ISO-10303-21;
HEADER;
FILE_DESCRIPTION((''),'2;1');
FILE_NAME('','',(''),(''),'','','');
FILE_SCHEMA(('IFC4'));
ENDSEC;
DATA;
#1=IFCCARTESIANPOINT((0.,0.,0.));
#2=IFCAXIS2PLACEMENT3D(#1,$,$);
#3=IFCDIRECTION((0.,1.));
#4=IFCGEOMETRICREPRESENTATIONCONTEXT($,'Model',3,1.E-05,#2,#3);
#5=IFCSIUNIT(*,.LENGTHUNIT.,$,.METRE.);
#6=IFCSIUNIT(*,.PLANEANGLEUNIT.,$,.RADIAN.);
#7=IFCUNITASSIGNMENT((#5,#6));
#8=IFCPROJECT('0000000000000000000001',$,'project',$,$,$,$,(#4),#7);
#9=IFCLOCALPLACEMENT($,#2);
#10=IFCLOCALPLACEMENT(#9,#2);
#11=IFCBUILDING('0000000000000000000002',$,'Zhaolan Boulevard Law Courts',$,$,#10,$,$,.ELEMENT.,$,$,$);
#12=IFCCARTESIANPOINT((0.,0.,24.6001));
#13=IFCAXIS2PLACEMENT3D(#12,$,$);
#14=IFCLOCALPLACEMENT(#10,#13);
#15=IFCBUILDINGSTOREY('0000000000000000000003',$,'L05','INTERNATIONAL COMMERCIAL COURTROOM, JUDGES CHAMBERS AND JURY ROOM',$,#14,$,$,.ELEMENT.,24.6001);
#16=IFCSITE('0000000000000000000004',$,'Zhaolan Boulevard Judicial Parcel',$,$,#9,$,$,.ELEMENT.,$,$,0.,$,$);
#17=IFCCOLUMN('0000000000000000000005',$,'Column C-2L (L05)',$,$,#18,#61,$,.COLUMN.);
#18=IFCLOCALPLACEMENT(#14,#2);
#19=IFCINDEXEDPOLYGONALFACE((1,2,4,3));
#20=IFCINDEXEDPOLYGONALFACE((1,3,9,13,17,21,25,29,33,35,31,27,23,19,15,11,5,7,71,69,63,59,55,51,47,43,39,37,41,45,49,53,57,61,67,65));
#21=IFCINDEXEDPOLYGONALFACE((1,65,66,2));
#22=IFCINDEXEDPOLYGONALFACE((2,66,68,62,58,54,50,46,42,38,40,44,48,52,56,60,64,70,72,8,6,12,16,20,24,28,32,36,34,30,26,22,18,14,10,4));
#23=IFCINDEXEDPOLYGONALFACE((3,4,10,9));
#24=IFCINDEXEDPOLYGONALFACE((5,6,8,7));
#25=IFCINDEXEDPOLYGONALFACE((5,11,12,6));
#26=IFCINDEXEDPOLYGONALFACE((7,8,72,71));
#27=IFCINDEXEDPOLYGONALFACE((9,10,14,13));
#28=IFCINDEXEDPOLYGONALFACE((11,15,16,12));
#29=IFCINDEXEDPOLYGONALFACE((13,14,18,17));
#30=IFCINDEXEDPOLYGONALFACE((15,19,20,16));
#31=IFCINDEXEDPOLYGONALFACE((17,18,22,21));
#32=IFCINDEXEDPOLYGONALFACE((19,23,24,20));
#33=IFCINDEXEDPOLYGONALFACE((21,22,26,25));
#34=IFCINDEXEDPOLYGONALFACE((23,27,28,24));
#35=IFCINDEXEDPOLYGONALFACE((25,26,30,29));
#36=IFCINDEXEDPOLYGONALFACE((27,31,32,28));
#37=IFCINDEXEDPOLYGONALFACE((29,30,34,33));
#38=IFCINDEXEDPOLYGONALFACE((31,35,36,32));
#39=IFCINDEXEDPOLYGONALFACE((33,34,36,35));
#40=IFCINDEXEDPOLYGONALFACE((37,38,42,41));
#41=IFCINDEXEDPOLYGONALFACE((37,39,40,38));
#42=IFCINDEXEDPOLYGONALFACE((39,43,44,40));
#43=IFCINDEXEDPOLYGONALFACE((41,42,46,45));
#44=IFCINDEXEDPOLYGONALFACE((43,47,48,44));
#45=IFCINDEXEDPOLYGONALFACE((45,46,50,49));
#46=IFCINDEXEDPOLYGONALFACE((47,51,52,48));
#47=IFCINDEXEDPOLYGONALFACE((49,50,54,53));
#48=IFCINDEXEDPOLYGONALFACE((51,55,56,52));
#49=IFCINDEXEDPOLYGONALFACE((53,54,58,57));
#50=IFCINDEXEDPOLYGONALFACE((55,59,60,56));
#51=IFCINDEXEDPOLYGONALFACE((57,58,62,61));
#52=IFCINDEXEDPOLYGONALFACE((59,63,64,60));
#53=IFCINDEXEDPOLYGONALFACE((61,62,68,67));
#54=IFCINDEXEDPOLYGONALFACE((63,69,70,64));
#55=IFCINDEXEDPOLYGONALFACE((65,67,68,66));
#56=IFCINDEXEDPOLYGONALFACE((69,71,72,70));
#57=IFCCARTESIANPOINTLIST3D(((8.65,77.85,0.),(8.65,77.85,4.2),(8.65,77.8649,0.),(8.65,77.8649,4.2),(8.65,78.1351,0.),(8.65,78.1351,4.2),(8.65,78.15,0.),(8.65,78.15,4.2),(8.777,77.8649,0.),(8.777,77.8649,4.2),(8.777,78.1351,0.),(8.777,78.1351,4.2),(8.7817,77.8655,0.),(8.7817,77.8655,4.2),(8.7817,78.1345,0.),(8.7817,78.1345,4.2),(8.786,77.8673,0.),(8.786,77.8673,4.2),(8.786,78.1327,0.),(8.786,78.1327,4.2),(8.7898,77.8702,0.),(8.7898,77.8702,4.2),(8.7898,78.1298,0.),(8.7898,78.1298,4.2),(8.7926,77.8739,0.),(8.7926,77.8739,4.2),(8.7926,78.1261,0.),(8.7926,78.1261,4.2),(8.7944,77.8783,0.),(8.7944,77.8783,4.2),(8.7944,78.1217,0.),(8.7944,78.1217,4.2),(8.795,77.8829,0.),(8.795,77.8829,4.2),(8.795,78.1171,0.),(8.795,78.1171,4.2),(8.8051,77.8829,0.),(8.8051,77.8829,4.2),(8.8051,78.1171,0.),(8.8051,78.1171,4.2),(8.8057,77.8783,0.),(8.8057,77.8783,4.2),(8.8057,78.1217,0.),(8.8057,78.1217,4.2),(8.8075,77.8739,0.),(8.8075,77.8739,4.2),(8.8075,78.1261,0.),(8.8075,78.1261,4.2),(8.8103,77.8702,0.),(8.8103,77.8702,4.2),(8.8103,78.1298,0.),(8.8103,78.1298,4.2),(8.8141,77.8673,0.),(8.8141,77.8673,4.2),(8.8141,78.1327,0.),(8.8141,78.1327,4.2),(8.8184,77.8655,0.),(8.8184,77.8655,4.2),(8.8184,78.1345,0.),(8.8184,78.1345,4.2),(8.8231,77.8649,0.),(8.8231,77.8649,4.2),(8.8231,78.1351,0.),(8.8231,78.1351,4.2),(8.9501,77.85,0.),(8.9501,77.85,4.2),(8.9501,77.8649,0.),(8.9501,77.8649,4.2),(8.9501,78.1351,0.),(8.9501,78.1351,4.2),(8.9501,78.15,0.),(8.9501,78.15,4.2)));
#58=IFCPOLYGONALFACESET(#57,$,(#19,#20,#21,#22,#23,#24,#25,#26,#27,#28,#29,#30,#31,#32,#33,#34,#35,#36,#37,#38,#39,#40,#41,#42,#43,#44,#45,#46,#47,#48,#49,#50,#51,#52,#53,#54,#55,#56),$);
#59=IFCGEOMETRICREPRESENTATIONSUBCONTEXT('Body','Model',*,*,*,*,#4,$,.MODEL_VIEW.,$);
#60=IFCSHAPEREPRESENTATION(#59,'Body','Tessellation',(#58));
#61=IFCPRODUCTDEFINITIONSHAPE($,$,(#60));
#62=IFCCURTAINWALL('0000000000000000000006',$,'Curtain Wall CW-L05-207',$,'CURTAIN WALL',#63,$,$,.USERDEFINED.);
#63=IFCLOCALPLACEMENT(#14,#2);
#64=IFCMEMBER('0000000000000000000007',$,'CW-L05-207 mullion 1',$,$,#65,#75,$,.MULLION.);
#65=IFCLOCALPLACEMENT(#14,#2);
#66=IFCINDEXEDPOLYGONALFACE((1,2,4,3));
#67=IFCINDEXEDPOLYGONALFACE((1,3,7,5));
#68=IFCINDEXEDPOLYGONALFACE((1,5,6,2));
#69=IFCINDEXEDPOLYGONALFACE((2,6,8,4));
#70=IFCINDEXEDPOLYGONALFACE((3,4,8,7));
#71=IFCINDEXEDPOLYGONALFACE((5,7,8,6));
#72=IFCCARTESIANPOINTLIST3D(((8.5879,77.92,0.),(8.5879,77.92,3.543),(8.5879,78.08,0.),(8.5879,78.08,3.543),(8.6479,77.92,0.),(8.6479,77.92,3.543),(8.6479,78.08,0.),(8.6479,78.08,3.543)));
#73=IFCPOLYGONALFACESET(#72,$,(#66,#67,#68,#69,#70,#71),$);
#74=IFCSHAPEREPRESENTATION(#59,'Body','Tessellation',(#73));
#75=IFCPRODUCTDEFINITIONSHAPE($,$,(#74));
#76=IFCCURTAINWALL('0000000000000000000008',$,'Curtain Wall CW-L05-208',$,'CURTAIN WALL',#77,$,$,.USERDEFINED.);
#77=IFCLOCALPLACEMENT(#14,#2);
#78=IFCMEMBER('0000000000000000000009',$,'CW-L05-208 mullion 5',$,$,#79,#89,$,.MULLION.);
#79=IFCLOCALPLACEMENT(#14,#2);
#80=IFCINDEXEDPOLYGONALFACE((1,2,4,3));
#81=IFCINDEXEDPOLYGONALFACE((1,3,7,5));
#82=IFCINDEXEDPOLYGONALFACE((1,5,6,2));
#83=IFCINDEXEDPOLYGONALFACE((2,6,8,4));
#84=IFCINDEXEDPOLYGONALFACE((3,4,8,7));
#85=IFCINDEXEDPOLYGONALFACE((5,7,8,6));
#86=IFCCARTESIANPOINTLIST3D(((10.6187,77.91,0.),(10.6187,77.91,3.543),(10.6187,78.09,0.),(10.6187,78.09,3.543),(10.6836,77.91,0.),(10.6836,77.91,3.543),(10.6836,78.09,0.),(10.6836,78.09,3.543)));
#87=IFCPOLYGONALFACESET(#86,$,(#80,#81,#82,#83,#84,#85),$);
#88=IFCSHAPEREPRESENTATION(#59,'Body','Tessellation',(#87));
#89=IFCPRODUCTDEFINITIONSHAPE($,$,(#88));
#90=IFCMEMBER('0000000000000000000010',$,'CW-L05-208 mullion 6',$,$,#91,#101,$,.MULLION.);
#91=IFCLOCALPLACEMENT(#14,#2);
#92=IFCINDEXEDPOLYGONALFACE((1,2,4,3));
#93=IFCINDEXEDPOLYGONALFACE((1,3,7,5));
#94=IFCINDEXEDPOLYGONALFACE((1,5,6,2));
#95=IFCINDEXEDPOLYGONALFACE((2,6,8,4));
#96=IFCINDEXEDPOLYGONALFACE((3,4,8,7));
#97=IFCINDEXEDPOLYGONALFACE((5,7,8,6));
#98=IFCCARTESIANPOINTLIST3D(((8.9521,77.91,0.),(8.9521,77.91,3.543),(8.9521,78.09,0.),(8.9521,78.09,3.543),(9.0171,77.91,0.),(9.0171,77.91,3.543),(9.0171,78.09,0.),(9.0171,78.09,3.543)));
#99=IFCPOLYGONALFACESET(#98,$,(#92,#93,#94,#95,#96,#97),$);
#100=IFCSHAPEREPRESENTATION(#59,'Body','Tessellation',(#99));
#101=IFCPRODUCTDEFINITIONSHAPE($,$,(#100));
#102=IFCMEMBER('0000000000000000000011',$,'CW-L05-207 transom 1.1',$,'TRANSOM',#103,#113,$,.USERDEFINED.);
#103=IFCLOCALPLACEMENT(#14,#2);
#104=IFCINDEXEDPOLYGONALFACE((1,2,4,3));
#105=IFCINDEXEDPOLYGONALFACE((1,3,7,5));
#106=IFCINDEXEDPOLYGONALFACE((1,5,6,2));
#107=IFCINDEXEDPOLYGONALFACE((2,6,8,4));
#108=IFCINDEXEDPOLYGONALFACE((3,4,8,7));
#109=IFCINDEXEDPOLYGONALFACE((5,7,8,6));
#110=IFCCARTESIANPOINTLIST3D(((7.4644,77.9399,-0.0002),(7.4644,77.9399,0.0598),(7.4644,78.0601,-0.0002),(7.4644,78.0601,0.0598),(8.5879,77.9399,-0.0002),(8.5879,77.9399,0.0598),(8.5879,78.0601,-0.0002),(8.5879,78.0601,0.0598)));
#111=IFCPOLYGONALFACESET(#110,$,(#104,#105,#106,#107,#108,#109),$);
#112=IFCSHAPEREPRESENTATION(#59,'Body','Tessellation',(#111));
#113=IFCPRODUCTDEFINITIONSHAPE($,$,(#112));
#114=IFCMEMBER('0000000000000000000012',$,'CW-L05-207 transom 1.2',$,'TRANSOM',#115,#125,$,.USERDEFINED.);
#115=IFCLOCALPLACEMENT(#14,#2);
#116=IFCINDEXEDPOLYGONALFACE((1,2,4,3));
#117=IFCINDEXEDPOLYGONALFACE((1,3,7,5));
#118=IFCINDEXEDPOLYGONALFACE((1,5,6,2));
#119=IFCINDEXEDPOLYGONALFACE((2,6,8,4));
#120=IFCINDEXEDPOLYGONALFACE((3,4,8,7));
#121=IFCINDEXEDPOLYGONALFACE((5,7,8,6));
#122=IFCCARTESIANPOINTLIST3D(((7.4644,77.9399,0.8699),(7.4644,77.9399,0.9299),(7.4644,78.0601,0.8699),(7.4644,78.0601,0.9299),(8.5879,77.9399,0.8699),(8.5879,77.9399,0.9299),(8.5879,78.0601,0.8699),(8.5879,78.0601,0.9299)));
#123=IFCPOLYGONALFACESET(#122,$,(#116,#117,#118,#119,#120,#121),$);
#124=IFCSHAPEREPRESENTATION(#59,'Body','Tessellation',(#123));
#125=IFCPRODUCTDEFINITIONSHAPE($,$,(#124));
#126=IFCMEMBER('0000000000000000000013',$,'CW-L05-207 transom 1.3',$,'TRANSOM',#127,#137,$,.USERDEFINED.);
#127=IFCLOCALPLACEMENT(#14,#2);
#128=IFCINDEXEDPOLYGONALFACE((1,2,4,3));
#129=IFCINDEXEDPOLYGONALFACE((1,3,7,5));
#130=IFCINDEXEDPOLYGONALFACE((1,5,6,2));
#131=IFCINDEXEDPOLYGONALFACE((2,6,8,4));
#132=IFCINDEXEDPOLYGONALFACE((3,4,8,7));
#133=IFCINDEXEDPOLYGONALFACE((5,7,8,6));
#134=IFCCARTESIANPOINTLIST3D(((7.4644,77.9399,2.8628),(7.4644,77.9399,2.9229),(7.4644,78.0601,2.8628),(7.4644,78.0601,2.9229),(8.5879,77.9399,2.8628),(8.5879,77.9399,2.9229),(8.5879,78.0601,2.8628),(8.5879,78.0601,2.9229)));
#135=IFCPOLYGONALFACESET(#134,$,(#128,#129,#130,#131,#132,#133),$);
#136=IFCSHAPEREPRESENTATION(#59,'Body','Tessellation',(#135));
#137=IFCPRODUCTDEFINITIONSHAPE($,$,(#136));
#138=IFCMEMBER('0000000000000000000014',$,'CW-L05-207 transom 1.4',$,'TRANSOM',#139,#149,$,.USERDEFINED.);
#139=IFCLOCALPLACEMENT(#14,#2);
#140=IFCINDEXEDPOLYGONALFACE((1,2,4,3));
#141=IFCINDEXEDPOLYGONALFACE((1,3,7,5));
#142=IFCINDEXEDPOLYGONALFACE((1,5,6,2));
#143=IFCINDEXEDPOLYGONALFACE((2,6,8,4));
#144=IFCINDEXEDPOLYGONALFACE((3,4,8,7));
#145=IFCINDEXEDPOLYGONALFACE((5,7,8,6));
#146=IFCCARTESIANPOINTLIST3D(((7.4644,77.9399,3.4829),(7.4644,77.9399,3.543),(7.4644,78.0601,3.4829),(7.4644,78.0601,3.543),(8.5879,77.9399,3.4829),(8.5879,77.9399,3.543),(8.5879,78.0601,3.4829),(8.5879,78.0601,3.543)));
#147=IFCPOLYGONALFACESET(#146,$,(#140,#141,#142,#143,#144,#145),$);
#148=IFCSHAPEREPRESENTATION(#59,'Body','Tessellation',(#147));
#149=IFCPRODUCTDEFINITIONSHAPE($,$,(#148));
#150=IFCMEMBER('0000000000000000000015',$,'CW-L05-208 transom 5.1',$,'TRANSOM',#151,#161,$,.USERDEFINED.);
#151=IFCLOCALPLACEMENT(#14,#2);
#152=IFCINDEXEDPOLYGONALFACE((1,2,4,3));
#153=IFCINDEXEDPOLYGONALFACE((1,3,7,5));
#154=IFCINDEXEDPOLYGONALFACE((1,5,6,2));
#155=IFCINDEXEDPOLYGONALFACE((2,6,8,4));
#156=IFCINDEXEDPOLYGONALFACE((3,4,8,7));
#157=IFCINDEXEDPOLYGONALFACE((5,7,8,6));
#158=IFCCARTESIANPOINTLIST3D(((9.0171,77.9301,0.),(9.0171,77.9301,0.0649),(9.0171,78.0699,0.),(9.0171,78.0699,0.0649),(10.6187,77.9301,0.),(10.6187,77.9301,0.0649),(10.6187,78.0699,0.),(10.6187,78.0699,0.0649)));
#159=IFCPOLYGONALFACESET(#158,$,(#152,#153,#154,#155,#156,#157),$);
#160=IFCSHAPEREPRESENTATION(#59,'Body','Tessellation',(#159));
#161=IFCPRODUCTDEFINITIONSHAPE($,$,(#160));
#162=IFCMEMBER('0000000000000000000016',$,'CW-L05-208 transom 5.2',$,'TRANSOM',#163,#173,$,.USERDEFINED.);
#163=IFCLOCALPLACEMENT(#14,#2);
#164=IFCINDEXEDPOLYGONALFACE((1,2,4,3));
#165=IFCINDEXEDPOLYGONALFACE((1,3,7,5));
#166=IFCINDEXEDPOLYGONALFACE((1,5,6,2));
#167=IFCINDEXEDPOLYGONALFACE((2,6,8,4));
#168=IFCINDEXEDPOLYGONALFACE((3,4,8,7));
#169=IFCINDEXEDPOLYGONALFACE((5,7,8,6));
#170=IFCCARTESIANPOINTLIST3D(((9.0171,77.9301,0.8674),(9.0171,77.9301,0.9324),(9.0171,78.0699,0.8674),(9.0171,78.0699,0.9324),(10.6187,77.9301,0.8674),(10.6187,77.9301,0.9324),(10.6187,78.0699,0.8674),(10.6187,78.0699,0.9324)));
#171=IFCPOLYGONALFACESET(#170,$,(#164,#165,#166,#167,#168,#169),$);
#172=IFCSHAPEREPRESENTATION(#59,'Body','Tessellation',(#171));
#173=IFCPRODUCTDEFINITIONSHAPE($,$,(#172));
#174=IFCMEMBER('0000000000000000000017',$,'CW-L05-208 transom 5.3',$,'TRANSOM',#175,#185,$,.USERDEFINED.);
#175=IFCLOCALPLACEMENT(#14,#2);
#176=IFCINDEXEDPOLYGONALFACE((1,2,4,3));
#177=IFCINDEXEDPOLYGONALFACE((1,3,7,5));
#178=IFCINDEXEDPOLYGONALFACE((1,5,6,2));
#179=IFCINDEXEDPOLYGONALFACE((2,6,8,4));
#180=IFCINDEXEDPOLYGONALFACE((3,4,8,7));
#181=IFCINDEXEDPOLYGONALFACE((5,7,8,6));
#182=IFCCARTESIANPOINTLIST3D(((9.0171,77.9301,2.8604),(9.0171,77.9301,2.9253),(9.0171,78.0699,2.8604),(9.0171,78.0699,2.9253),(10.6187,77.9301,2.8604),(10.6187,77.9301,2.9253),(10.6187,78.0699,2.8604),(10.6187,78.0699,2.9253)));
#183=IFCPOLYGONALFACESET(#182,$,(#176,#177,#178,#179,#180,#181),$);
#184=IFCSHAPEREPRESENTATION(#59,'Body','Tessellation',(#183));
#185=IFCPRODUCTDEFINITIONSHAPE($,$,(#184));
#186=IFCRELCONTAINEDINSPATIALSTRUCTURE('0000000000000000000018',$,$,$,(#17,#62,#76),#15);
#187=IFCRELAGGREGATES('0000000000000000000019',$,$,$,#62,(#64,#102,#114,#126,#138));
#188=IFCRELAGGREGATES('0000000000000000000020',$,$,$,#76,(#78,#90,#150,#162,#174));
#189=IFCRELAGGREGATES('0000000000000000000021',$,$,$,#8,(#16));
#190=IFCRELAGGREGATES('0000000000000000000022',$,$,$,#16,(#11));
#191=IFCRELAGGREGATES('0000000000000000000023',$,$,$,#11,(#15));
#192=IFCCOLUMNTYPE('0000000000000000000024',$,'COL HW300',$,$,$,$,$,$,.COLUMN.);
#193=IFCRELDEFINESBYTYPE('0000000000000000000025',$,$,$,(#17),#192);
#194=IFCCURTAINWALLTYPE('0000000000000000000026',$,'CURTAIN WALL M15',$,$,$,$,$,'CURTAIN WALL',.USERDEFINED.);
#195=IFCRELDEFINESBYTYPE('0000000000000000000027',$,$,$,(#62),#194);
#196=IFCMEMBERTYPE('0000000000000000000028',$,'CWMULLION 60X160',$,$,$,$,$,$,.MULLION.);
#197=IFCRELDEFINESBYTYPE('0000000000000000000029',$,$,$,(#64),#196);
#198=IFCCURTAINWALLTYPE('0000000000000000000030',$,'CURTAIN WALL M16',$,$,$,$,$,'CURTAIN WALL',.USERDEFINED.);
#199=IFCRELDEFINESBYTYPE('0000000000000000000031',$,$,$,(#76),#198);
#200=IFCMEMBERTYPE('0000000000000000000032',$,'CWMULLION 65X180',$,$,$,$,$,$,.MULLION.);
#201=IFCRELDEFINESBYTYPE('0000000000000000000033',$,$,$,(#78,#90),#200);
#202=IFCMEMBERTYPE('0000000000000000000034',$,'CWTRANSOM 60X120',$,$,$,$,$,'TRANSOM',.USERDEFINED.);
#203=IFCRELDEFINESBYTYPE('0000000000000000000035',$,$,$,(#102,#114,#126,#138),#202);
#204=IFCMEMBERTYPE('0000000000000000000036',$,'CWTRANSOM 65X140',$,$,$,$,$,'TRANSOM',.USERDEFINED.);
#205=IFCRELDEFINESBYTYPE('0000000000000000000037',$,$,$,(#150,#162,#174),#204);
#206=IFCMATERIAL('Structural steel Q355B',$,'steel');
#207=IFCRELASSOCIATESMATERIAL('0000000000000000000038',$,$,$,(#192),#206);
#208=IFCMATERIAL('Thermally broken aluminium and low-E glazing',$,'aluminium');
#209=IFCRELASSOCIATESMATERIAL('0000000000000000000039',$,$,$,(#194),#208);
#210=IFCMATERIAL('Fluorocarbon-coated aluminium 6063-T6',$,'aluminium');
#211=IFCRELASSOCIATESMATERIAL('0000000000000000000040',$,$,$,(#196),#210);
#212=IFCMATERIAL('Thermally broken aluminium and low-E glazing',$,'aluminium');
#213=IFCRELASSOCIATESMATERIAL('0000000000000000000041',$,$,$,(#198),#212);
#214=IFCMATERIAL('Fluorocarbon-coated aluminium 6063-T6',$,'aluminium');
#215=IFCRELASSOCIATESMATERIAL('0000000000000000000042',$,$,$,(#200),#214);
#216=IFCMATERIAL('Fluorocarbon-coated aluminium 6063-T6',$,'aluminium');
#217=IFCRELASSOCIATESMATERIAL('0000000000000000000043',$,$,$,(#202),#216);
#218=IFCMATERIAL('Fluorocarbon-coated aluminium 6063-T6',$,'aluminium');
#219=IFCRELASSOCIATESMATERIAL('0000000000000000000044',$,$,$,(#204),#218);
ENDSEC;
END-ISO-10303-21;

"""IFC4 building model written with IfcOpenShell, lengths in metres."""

from ifc_helpers import new_model, si_unit, direction, frame, origin, origin_2d, place, context, subcontext, project, spatial, rectangle, i_section, extrude, material, material_profile, profile_set, type_object, element, aggregate, save


model = new_model("IFC4")

# Units and contexts
model_context = context("Model", 3, precision=1e-05, world=origin(), true_north=direction((0.0, 1.0)))
body_context = subcontext(model_context, "Body", "Model", "MODEL_VIEW")
ifc_project = project(units=[si_unit("LENGTHUNIT", "METRE"), si_unit("PLANEANGLEUNIT", "RADIAN")], contexts=[model_context])

# Site, building, storey
site_placement = place(None, origin())
site = spatial("IfcSite", under=ifc_project, at=site_placement, Name="Zhaolan Boulevard Judicial Parcel", CompositionType="ELEMENT", RefElevation=0.0)
building_placement = place(site_placement, origin())
building = spatial("IfcBuilding", under=site, at=building_placement, Name="Zhaolan Boulevard Law Courts", CompositionType="ELEMENT")
storey_placement = place(building_placement, frame((0.0, 0.0, 24.6001)))
storey = spatial("IfcBuildingStorey", under=building, at=storey_placement, Name="L05", Description="INTERNATIONAL COMMERCIAL COURTROOM, JUDGES CHAMBERS AND JURY ROOM", CompositionType="ELEMENT", Elevation=24.6001)

# Column
ifc_material_1 = material(Name="Structural steel Q355B", Category="steel")
ifc_material_profile_1 = material_profile(ifc_material_1, i_section(OverallWidth=0.3, OverallDepth=0.3, WebThickness=0.01, FlangeThickness=0.0149, FilletRadius=0.0181, at=origin_2d()), Name="HW300x300")
ifc_profile_set_1 = profile_set([ifc_material_profile_1], Name="Structural steel Q355B")
column_type = type_object("IfcColumnType", Name="COL HW300", PredefinedType="COLUMN", material=ifc_profile_set_1)
column_placement = place(storey_placement, frame((8.8, 78.0, 0.0), z_axis=(0.0, 0.0, 1.0), x_axis=(1.0, 0.0, 0.0)))
element("IfcColumn", 1, at=column_placement, inside=storey, type_object=column_type, Name="Column C-2L (L05)", PredefinedType="COLUMN", context=body_context, shape_type="SweptSolid", body=[
    extrude(i_section(OverallWidth=0.3, OverallDepth=0.3, WebThickness=0.01, FlangeThickness=0.0149, FilletRadius=0.0181, at=origin_2d()), origin(), (0.0, 0.0, 1.0), 4.2),
])

# Curtain wall, member
ifc_material_2 = material(Name="Thermally broken aluminium and low-E glazing", Category="aluminium")
curtain_wall_type_1 = type_object("IfcCurtainWallType", Name="CURTAIN WALL M15", ElementType="CURTAIN WALL", PredefinedType="USERDEFINED", material=ifc_material_2)
curtain_wall_1_placement = place(storey_placement, origin())
curtain_wall_1 = element("IfcCurtainWall", 2, at=curtain_wall_1_placement, inside=storey, type_object=curtain_wall_type_1, Name="Curtain Wall CW-L05-207", ObjectType="CURTAIN WALL", PredefinedType="USERDEFINED")
ifc_material_3 = material(Name="Fluorocarbon-coated aluminium 6063-T6", Category="aluminium")
ifc_material_profile_2 = material_profile(ifc_material_3, rectangle(XDim=0.1599, YDim=0.0601, at=origin_2d()), Name="AL60x160")
ifc_profile_set_2 = profile_set([ifc_material_profile_2], Name="Fluorocarbon-coated aluminium 6063-T6")
member_type_1 = type_object("IfcMemberType", Name="CWMULLION 60X160", PredefinedType="MULLION", material=ifc_profile_set_2)
member_1_placement = place(storey_placement, frame((8.6179, 78.0, 0.0), z_axis=(0.0, 0.0, 1.0), x_axis=(0.0, -1.0, 0.0)))
member_1 = element("IfcMember", 3, at=member_1_placement, type_object=member_type_1, Name="CW-L05-207 mullion 1", PredefinedType="MULLION", context=body_context, shape_type="SweptSolid", body=[
    extrude(rectangle(XDim=0.1599, YDim=0.0601, at=origin_2d()), origin(), (0.0, 0.0, 1.0), 3.543),
])

# Curtain wall, members
ifc_material_4 = material(Name="Thermally broken aluminium and low-E glazing", Category="aluminium")
curtain_wall_type_2 = type_object("IfcCurtainWallType", Name="CURTAIN WALL M16", ElementType="CURTAIN WALL", PredefinedType="USERDEFINED", material=ifc_material_4)
curtain_wall_2_placement = place(storey_placement, origin())
curtain_wall_2 = element("IfcCurtainWall", 4, at=curtain_wall_2_placement, inside=storey, type_object=curtain_wall_type_2, Name="Curtain Wall CW-L05-208", ObjectType="CURTAIN WALL", PredefinedType="USERDEFINED")
ifc_material_5 = material(Name="Fluorocarbon-coated aluminium 6063-T6", Category="aluminium")
ifc_material_profile_3 = material_profile(ifc_material_5, rectangle(XDim=0.1799, YDim=0.0649, at=origin_2d()), Name="AL65x180")
ifc_profile_set_3 = profile_set([ifc_material_profile_3], Name="Fluorocarbon-coated aluminium 6063-T6")
member_type_2 = type_object("IfcMemberType", Name="CWMULLION 65X180", PredefinedType="MULLION", material=ifc_profile_set_3)
member_2_placement = place(storey_placement, frame((10.6511, 78.0, 0.0), z_axis=(0.0, 0.0, 1.0), x_axis=(0.0, -1.0, 0.0)))
member_2 = element("IfcMember", 5, at=member_2_placement, type_object=member_type_2, Name="CW-L05-208 mullion 5", PredefinedType="MULLION", context=body_context, shape_type="SweptSolid", body=[
    extrude(rectangle(XDim=0.1799, YDim=0.0649, at=origin_2d()), origin(), (0.0, 0.0, 1.0), 3.543),
])
member_3_placement = place(storey_placement, frame((8.9846, 78.0, 0.0), z_axis=(0.0, 0.0, 1.0), x_axis=(0.0, -1.0, 0.0)))
member_3 = element("IfcMember", 6, at=member_3_placement, type_object=member_type_2, Name="CW-L05-208 mullion 6", PredefinedType="MULLION", context=body_context, shape_type="SweptSolid", body=[
    extrude(rectangle(XDim=0.1799, YDim=0.0649, at=origin_2d()), origin(), (0.0, 0.0, 1.0), 3.543),
])

# Members
ifc_material_6 = material(Name="Fluorocarbon-coated aluminium 6063-T6", Category="aluminium")
ifc_material_profile_4 = material_profile(ifc_material_6, rectangle(XDim=0.1201, YDim=0.0601, at=origin_2d()), Name="AL60x120")
ifc_profile_set_4 = profile_set([ifc_material_profile_4], Name="Fluorocarbon-coated aluminium 6063-T6")
member_type_3 = type_object("IfcMemberType", Name="CWTRANSOM 60X120", ElementType="TRANSOM", PredefinedType="USERDEFINED", material=ifc_profile_set_4)
member_4_placement = place(storey_placement, frame((8.5879, 78.0, 0.0298), z_axis=(-1.0, 0.0, 0.0), x_axis=(0.0, -1.0, 0.0)))
member_4 = element("IfcMember", 7, at=member_4_placement, type_object=member_type_3, Name="CW-L05-207 transom 1.1", ObjectType="TRANSOM", PredefinedType="USERDEFINED", context=body_context, shape_type="SweptSolid", body=[
    extrude(rectangle(XDim=0.1201, YDim=0.0601, at=origin_2d()), origin(), (0.0, 0.0, 1.0), 1.1235),
])
member_5_placement = place(storey_placement, frame((8.5879, 78.0, 0.8999), z_axis=(-1.0, 0.0, 0.0), x_axis=(0.0, -1.0, 0.0)))
member_5 = element("IfcMember", 8, at=member_5_placement, type_object=member_type_3, Name="CW-L05-207 transom 1.2", ObjectType="TRANSOM", PredefinedType="USERDEFINED", context=body_context, shape_type="SweptSolid", body=[
    extrude(rectangle(XDim=0.1201, YDim=0.0601, at=origin_2d()), origin(), (0.0, 0.0, 1.0), 1.1235),
])
member_6_placement = place(storey_placement, frame((8.5879, 78.0, 2.8928), z_axis=(-1.0, 0.0, 0.0), x_axis=(0.0, -1.0, 0.0)))
member_6 = element("IfcMember", 9, at=member_6_placement, type_object=member_type_3, Name="CW-L05-207 transom 1.3", ObjectType="TRANSOM", PredefinedType="USERDEFINED", context=body_context, shape_type="SweptSolid", body=[
    extrude(rectangle(XDim=0.1201, YDim=0.0601, at=origin_2d()), origin(), (0.0, 0.0, 1.0), 1.1235),
])
member_7_placement = place(storey_placement, frame((8.5879, 78.0, 3.5129), z_axis=(-1.0, 0.0, 0.0), x_axis=(0.0, -1.0, 0.0)))
member_7 = element("IfcMember", 10, at=member_7_placement, type_object=member_type_3, Name="CW-L05-207 transom 1.4", ObjectType="TRANSOM", PredefinedType="USERDEFINED", context=body_context, shape_type="SweptSolid", body=[
    extrude(rectangle(XDim=0.1201, YDim=0.0601, at=origin_2d()), origin(), (0.0, 0.0, 1.0), 1.1235),
])
ifc_material_7 = material(Name="Fluorocarbon-coated aluminium 6063-T6", Category="aluminium")
ifc_material_profile_5 = material_profile(ifc_material_7, rectangle(XDim=0.1399, YDim=0.0649, at=origin_2d()), Name="AL65x140")
ifc_profile_set_5 = profile_set([ifc_material_profile_5], Name="Fluorocarbon-coated aluminium 6063-T6")
member_type_4 = type_object("IfcMemberType", Name="CWTRANSOM 65X140", ElementType="TRANSOM", PredefinedType="USERDEFINED", material=ifc_profile_set_5)
member_8_placement = place(storey_placement, frame((10.6187, 78.0, 0.0325), z_axis=(-1.0, 0.0, 0.0), x_axis=(0.0, -1.0, 0.0)))
member_8 = element("IfcMember", 11, at=member_8_placement, type_object=member_type_4, Name="CW-L05-208 transom 5.1", ObjectType="TRANSOM", PredefinedType="USERDEFINED", context=body_context, shape_type="SweptSolid", body=[
    extrude(rectangle(XDim=0.1399, YDim=0.0649, at=origin_2d()), origin(), (0.0, 0.0, 1.0), 1.6016),
])
member_9_placement = place(storey_placement, frame((10.6187, 78.0, 0.8999), z_axis=(-1.0, 0.0, 0.0), x_axis=(0.0, -1.0, 0.0)))
member_9 = element("IfcMember", 12, at=member_9_placement, type_object=member_type_4, Name="CW-L05-208 transom 5.2", ObjectType="TRANSOM", PredefinedType="USERDEFINED", context=body_context, shape_type="SweptSolid", body=[
    extrude(rectangle(XDim=0.1399, YDim=0.0649, at=origin_2d()), origin(), (0.0, 0.0, 1.0), 1.6016),
])
member_10_placement = place(storey_placement, frame((10.6187, 78.0, 2.8928), z_axis=(-1.0, 0.0, 0.0), x_axis=(0.0, -1.0, 0.0)))
member_10 = element("IfcMember", 13, at=member_10_placement, type_object=member_type_4, Name="CW-L05-208 transom 5.3", ObjectType="TRANSOM", PredefinedType="USERDEFINED", context=body_context, shape_type="SweptSolid", body=[
    extrude(rectangle(XDim=0.1399, YDim=0.0649, at=origin_2d()), origin(), (0.0, 0.0, 1.0), 1.6016),
])

aggregate(curtain_wall_1, [member_1, member_4, member_5, member_6, member_7])
aggregate(curtain_wall_2, [member_2, member_3, member_8, member_9, member_10])

save(model, "model.ifc")
